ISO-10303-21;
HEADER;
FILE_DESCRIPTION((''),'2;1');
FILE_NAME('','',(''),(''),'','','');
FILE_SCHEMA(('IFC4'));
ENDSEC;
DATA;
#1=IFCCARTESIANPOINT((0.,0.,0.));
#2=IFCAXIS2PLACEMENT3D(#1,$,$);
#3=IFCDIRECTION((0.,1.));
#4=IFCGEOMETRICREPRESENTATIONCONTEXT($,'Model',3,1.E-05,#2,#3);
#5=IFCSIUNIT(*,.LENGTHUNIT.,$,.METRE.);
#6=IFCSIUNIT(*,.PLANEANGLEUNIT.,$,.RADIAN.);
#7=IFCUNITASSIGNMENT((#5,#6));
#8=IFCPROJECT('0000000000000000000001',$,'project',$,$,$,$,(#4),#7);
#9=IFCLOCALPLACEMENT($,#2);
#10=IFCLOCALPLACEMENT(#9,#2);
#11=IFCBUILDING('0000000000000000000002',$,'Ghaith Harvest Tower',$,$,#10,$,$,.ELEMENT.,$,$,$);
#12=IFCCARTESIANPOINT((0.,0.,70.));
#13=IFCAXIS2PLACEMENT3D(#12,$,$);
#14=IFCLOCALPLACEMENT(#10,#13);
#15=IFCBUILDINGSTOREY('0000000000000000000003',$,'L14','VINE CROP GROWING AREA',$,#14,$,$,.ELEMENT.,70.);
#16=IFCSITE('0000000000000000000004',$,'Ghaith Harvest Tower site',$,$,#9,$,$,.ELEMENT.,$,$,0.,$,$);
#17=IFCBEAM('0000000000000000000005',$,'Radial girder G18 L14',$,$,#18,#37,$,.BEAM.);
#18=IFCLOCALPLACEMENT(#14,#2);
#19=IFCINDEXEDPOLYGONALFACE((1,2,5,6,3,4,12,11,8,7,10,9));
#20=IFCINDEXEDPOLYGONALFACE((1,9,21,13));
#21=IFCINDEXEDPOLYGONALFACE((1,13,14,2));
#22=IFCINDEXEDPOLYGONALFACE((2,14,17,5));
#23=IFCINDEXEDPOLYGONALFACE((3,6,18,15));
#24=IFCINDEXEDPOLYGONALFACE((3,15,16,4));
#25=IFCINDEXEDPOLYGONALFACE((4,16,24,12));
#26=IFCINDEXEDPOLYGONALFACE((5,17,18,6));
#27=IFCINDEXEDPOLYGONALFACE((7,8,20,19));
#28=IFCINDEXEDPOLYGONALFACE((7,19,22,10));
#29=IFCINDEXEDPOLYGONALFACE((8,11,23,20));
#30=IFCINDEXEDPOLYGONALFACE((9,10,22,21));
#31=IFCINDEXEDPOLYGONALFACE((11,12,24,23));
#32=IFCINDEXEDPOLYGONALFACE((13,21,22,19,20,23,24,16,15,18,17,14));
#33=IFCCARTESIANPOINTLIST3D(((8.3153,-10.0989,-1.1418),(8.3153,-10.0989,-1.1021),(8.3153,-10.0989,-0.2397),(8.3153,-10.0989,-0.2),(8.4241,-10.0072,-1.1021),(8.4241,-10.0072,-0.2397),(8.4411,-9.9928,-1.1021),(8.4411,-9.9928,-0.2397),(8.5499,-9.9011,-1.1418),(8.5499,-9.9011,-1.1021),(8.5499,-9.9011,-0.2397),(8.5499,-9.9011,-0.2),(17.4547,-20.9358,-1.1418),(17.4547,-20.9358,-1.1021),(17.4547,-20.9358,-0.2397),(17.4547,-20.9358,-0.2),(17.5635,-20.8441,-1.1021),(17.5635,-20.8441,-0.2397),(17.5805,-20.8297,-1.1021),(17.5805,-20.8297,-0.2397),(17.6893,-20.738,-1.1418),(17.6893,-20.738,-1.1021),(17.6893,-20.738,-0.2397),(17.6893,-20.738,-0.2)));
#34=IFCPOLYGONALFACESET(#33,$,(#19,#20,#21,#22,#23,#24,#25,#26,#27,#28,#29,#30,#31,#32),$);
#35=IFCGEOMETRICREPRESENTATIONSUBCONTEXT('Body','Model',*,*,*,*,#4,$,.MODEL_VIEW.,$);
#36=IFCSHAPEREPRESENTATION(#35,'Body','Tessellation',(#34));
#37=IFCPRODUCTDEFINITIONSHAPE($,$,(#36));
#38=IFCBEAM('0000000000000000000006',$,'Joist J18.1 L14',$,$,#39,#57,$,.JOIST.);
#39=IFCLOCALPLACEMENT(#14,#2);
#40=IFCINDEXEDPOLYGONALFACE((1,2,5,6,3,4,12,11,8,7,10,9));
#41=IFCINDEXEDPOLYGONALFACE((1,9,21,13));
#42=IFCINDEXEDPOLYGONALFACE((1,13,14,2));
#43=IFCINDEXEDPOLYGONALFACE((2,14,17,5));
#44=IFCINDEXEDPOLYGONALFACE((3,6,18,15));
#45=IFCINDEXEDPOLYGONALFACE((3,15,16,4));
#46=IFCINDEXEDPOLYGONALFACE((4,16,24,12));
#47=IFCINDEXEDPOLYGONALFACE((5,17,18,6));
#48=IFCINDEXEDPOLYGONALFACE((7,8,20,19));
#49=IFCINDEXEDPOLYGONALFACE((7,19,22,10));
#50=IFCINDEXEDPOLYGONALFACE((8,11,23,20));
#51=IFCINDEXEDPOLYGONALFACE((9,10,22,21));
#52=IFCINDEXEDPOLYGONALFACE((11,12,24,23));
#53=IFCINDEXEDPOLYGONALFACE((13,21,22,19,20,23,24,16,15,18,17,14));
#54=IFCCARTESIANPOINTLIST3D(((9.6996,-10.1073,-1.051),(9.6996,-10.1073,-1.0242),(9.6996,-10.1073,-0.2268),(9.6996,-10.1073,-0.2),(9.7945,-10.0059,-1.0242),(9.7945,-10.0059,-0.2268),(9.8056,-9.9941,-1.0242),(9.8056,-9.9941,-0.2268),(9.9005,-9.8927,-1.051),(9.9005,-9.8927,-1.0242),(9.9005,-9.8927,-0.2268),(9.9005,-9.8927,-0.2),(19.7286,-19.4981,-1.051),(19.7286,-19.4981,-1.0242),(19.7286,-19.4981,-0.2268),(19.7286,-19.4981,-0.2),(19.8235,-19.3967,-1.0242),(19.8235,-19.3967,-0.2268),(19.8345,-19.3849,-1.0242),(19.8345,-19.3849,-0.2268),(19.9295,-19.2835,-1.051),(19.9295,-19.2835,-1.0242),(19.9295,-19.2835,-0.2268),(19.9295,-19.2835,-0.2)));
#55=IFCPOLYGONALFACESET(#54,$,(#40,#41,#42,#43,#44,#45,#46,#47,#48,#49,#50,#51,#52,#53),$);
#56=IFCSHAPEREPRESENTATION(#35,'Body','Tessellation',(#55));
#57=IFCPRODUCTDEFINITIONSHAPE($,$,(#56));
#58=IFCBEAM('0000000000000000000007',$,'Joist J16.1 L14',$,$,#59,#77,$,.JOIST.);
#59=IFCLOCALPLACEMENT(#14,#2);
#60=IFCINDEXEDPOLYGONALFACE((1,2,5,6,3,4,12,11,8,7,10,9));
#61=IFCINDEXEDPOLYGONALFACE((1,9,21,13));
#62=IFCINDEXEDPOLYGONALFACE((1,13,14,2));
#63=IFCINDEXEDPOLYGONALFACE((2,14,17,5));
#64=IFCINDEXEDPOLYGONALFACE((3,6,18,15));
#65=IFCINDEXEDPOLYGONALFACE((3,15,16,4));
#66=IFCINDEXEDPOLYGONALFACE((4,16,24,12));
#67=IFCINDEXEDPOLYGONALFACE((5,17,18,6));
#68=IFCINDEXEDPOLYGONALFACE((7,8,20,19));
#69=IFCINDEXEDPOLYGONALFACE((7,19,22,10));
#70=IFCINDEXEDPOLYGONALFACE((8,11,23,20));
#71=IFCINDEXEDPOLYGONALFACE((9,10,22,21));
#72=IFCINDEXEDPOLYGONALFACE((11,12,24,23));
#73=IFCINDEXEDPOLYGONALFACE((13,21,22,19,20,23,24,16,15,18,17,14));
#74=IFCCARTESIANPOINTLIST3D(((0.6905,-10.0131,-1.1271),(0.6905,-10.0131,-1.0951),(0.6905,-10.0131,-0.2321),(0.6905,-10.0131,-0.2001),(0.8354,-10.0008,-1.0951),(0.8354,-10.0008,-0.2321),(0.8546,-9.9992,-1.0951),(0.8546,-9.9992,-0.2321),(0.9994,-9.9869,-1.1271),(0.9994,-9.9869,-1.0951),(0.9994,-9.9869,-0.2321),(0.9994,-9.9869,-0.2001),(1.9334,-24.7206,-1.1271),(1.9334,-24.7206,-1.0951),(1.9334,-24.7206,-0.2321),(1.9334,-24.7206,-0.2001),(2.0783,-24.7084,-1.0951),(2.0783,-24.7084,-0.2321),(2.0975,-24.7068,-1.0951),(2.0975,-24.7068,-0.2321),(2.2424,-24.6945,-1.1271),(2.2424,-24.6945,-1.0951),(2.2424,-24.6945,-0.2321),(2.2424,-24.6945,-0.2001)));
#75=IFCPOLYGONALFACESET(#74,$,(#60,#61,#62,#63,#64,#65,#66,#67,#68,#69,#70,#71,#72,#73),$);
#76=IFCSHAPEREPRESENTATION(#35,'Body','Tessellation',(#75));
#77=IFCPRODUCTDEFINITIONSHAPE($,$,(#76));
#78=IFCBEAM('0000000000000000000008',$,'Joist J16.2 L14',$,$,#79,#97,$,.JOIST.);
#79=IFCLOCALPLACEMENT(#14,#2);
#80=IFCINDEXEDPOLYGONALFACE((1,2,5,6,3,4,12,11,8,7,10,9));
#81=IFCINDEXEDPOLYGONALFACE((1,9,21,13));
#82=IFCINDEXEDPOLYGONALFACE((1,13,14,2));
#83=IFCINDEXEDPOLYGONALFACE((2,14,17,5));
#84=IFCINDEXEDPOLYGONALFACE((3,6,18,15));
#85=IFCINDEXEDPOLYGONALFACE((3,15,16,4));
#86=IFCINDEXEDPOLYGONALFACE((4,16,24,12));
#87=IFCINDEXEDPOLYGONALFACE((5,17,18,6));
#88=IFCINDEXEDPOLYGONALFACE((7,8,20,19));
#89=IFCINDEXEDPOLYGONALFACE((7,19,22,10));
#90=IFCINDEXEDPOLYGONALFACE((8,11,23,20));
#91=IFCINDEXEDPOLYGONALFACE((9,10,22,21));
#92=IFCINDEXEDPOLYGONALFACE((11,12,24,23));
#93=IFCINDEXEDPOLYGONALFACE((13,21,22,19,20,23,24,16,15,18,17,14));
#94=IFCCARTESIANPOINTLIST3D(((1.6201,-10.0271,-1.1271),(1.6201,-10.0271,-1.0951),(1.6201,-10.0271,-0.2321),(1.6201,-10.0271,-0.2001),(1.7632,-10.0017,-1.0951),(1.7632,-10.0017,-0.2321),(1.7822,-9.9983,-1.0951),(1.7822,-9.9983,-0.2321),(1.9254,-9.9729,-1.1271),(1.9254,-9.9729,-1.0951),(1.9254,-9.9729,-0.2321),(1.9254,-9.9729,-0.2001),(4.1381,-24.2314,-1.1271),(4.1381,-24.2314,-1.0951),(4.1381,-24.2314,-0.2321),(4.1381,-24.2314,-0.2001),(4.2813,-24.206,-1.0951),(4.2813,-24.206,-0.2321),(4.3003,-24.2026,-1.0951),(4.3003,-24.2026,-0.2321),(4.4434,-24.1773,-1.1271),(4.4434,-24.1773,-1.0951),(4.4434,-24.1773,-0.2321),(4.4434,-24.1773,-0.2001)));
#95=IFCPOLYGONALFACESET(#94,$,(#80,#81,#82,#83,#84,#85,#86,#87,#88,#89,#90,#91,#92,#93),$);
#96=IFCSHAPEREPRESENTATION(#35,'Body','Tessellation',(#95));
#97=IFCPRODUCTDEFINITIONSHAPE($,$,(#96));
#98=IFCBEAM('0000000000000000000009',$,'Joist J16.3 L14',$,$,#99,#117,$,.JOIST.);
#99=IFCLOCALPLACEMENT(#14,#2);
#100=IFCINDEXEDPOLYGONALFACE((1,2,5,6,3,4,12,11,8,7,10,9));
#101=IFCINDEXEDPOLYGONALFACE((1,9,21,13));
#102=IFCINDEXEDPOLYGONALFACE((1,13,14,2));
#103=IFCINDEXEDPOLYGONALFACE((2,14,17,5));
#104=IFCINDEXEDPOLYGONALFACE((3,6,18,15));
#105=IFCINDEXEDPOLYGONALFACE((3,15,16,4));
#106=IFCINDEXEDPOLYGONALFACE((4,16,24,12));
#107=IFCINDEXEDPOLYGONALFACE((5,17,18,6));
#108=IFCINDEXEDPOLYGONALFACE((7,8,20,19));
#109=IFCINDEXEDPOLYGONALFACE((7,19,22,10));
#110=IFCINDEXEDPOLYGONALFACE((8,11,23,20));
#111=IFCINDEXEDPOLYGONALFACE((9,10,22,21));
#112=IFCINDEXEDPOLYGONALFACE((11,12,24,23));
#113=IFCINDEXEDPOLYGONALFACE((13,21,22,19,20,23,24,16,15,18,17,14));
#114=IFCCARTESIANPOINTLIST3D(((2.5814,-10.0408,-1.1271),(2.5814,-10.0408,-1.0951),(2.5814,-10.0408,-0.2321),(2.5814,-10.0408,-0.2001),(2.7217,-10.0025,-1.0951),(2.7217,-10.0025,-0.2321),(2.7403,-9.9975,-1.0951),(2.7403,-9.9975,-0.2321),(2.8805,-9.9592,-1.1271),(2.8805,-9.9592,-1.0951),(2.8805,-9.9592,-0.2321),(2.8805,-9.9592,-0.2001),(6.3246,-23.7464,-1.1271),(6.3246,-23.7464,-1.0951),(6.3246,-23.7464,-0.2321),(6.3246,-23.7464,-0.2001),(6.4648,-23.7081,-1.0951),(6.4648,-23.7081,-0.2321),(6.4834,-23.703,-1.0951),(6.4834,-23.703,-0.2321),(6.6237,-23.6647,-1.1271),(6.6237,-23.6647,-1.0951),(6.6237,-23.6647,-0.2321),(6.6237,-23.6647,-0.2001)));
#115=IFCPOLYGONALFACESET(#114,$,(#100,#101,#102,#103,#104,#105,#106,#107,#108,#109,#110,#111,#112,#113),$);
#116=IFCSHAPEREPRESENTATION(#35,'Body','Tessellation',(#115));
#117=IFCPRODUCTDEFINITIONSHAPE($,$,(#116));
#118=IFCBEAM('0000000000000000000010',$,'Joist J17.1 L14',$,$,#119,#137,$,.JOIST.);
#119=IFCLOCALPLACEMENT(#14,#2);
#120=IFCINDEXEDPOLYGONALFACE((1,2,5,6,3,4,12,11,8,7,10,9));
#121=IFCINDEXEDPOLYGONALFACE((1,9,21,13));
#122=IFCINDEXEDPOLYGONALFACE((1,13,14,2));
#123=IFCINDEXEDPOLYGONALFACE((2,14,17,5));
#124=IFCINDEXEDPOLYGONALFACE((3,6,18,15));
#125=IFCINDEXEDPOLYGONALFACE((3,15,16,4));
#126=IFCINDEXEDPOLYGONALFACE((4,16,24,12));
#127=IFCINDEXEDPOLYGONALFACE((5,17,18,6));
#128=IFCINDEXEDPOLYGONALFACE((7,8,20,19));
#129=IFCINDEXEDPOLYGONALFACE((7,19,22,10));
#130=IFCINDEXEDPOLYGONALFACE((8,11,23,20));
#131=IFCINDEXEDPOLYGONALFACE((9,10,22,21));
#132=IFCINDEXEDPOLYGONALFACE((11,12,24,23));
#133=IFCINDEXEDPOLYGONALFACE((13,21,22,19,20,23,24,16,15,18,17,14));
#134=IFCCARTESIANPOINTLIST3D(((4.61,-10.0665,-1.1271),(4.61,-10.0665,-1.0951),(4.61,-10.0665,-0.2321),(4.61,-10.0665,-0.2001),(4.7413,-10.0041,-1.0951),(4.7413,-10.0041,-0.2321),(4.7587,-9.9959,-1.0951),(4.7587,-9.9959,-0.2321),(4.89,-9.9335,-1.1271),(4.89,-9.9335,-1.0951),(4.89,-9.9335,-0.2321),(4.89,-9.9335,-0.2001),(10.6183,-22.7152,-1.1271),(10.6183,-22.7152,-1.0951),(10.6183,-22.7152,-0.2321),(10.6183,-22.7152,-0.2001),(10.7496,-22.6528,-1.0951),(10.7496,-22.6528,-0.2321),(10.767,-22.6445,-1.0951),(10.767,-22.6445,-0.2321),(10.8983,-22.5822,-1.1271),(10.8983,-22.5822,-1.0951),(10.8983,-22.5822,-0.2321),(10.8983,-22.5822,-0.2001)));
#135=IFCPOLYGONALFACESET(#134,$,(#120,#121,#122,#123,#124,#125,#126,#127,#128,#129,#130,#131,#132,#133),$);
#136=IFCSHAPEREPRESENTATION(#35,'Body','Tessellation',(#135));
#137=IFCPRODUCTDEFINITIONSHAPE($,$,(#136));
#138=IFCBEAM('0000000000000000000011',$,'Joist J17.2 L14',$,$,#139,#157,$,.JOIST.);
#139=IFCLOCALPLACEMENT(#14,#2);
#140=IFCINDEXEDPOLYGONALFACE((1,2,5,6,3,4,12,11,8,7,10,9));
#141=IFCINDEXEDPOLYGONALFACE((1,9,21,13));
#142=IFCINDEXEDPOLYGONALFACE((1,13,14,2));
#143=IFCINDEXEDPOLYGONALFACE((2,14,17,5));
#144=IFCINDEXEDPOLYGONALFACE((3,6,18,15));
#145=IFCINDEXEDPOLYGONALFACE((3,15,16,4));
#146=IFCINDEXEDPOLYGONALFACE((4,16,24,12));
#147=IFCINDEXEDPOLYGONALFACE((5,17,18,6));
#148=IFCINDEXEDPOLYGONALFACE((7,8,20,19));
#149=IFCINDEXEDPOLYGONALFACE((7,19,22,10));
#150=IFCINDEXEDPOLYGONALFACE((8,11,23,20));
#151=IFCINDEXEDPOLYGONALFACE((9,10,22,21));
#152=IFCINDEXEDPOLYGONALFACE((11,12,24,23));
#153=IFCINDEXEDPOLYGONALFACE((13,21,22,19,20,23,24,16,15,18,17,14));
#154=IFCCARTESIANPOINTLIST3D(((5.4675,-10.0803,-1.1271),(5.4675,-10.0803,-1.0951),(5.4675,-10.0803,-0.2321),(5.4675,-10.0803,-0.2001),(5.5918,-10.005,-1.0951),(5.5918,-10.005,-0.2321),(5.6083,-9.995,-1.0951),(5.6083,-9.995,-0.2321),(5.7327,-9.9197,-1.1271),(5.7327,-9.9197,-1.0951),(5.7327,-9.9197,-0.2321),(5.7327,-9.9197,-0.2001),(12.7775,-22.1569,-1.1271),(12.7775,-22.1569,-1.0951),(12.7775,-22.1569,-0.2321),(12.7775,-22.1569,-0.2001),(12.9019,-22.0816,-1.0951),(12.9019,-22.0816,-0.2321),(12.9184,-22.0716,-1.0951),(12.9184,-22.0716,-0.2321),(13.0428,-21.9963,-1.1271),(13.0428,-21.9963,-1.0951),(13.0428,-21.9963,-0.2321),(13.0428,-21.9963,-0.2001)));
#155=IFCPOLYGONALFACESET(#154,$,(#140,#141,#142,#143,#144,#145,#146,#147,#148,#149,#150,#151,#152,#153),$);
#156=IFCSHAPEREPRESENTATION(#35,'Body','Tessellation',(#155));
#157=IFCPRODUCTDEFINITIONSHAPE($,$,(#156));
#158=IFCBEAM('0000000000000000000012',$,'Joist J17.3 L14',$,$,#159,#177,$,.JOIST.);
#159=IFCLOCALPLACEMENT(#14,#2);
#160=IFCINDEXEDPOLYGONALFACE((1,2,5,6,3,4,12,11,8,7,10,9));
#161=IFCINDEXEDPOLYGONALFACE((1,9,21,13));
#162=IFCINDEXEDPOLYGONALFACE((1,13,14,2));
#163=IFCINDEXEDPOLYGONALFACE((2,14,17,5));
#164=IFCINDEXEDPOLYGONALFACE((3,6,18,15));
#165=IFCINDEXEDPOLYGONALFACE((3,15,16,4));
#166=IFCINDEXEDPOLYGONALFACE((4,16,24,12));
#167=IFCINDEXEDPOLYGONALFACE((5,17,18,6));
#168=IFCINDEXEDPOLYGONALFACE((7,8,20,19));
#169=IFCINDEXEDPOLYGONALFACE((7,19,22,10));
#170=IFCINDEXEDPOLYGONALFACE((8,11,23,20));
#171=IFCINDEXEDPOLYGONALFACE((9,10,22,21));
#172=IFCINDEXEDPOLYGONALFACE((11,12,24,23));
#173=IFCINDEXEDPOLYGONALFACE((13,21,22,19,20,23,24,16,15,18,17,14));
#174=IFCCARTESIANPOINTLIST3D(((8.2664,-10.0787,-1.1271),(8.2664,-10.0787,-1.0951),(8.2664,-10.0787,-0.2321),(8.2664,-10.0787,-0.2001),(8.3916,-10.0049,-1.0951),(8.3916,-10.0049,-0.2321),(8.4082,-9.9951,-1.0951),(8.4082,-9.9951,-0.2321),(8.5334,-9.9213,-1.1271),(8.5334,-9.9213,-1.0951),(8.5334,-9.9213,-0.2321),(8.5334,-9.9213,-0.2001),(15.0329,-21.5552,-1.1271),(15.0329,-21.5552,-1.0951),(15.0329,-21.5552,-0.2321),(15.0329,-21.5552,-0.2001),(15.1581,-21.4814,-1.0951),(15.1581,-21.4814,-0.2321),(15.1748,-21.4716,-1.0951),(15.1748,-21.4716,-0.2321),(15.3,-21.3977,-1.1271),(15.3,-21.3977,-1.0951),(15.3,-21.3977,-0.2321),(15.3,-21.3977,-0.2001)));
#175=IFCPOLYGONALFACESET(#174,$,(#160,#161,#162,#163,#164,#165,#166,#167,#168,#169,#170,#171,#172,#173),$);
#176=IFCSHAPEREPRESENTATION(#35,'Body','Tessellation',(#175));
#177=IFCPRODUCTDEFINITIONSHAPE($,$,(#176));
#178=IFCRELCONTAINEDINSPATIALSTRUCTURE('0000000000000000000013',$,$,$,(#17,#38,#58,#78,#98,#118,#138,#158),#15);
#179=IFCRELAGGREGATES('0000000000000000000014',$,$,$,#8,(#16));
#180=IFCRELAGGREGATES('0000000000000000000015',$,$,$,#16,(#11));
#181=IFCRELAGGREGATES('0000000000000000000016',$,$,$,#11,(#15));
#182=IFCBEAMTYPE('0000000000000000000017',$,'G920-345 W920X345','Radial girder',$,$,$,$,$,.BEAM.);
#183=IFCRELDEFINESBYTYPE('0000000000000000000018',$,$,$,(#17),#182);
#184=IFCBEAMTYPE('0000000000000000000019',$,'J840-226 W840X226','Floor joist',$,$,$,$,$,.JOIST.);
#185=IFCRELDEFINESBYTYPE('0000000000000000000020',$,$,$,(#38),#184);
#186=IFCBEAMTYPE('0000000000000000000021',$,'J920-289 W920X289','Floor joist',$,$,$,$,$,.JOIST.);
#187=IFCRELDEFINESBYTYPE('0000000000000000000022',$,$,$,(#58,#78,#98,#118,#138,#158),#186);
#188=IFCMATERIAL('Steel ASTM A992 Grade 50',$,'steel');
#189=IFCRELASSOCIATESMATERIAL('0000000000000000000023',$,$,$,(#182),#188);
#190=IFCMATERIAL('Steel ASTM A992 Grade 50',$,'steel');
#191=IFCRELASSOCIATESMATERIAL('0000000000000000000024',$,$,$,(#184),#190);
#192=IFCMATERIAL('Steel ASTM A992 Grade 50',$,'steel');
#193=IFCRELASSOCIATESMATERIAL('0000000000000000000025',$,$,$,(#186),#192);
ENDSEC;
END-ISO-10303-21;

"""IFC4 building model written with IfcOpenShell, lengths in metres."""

from ifc_helpers import new_model, si_unit, direction, frame, origin, origin_2d, place, context, subcontext, project, spatial, i_section, extrude, material, material_profile, profile_set, type_object, element, save


model = new_model("IFC4")

# Units and contexts
model_context = context("Model", 3, precision=1e-05, world=origin(), true_north=direction((0.0, 1.0)))
body_context = subcontext(model_context, "Body", "Model", "MODEL_VIEW")
ifc_project = project(units=[si_unit("LENGTHUNIT", "METRE"), si_unit("PLANEANGLEUNIT", "RADIAN")], contexts=[model_context])

# Site, building, storey
site_placement = place(None, origin())
site = spatial("IfcSite", under=ifc_project, at=site_placement, Name="Ghaith Harvest Tower site", CompositionType="ELEMENT", RefElevation=0.0)
building_placement = place(site_placement, origin())
building = spatial("IfcBuilding", under=site, at=building_placement, Name="Ghaith Harvest Tower", CompositionType="ELEMENT")
storey_placement = place(building_placement, frame((0.0, 0.0, 70.0)))
storey = spatial("IfcBuildingStorey", under=building, at=storey_placement, Name="L14", Description="VINE CROP GROWING AREA", CompositionType="ELEMENT", Elevation=70.0)

# Beams
ifc_material_1 = material(Name="Steel ASTM A992 Grade 50", Category="steel")
ifc_material_profile_1 = material_profile(ifc_material_1, i_section(OverallWidth=0.3069, OverallDepth=0.9419, WebThickness=0.0222, FlangeThickness=0.0398, at=origin_2d()), Name="W920X345")
ifc_profile_set_1 = profile_set([ifc_material_profile_1], Name="Steel ASTM A992 Grade 50")
beam_type_1 = type_object("IfcBeamType", Name="G920-345 W920X345", Description="Radial girder", PredefinedType="BEAM", material=ifc_profile_set_1)
beam_1_placement = place(storey_placement, frame((8.4326, -10.0, -0.6709), z_axis=(0.644696, -0.764439, 0.0), x_axis=(0.764439, 0.644696, 0.0)))
element("IfcBeam", 1, at=beam_1_placement, inside=storey, type_object=beam_type_1, Name="Radial girder G18 L14", PredefinedType="BEAM", context=body_context, shape_type="SweptSolid", body=[
    extrude(i_section(OverallWidth=0.3069, OverallDepth=0.9419, WebThickness=0.0222, FlangeThickness=0.0398, at=origin_2d()), origin(), (0.0, 0.0, 1.0), 14.1763),
])
ifc_material_2 = material(Name="Steel ASTM A992 Grade 50", Category="steel")
ifc_material_profile_2 = material_profile(ifc_material_2, i_section(OverallWidth=0.2939, OverallDepth=0.8511, WebThickness=0.0161, FlangeThickness=0.0269, at=origin_2d()), Name="W840X226")
ifc_profile_set_2 = profile_set([ifc_material_profile_2], Name="Steel ASTM A992 Grade 50")
beam_type_2 = type_object("IfcBeamType", Name="J840-226 W840X226", Description="Floor joist", PredefinedType="JOIST", material=ifc_profile_set_2)
beam_2_placement = place(storey_placement, frame((9.8, -10.0, -0.6255), z_axis=(0.72995, -0.683501, 0.0), x_axis=(0.683501, 0.72995, 0.0)))
element("IfcBeam", 2, at=beam_2_placement, inside=storey, type_object=beam_type_2, Name="Joist J18.1 L14", PredefinedType="JOIST", context=body_context, shape_type="SweptSolid", body=[
    extrude(i_section(OverallWidth=0.2939, OverallDepth=0.8511, WebThickness=0.0161, FlangeThickness=0.0269, at=origin_2d()), origin(), (0.0, 0.0, 1.0), 13.7393),
])
ifc_material_3 = material(Name="Steel ASTM A992 Grade 50", Category="steel")
ifc_material_profile_3 = material_profile(ifc_material_3, i_section(OverallWidth=0.3101, OverallDepth=0.927, WebThickness=0.0193, FlangeThickness=0.032, at=origin_2d()), Name="W920X289")
ifc_profile_set_3 = profile_set([ifc_material_profile_3], Name="Steel ASTM A992 Grade 50")
beam_type_3 = type_object("IfcBeamType", Name="J920-289 W920X289", Description="Floor joist", PredefinedType="JOIST", material=ifc_profile_set_3)
beam_3_placement = place(storey_placement, frame((0.845, -10.0, -0.6636), z_axis=(0.084209, -0.996448, 0.0), x_axis=(0.996448, 0.084209, 0.0)))
element("IfcBeam", 3, at=beam_3_placement, inside=storey, type_object=beam_type_3, Name="Joist J16.1 L14", PredefinedType="JOIST", context=body_context, shape_type="SweptSolid", body=[
    extrude(i_section(OverallWidth=0.3101, OverallDepth=0.927, WebThickness=0.0193, FlangeThickness=0.032, at=origin_2d()), origin(), (0.0, 0.0, 1.0), 14.76),
])
beam_4_placement = place(storey_placement, frame((1.7727, -10.0, -0.6636), z_axis=(0.174553, -0.984648, 0.0), x_axis=(0.984648, 0.174553, 0.0)))
element("IfcBeam", 4, at=beam_4_placement, inside=storey, type_object=beam_type_3, Name="Joist J16.2 L14", PredefinedType="JOIST", context=body_context, shape_type="SweptSolid", body=[
    extrude(i_section(OverallWidth=0.3101, OverallDepth=0.927, WebThickness=0.0193, FlangeThickness=0.032, at=origin_2d()), origin(), (0.0, 0.0, 1.0), 14.4258),
])
beam_5_placement = place(storey_placement, frame((2.731, -10.0, -0.6636), z_axis=(0.263463, -0.964669, 0.0), x_axis=(0.964669, 0.263463, 0.0)))
element("IfcBeam", 5, at=beam_5_placement, inside=storey, type_object=beam_type_3, Name="Joist J16.3 L14", PredefinedType="JOIST", context=body_context, shape_type="SweptSolid", body=[
    extrude(i_section(OverallWidth=0.3101, OverallDepth=0.927, WebThickness=0.0193, FlangeThickness=0.032, at=origin_2d()), origin(), (0.0, 0.0, 1.0), 14.2075),
])
beam_6_placement = place(storey_placement, frame((4.75, -10.0, -0.6636), z_axis=(0.429067, -0.903273, 0.0), x_axis=(0.903273, 0.429067, 0.0)))
element("IfcBeam", 6, at=beam_6_placement, inside=storey, type_object=beam_type_3, Name="Joist J17.1 L14", PredefinedType="JOIST", context=body_context, shape_type="SweptSolid", body=[
    extrude(i_section(OverallWidth=0.3101, OverallDepth=0.927, WebThickness=0.0193, FlangeThickness=0.032, at=origin_2d()), origin(), (0.0, 0.0, 1.0), 14.0032),
])
beam_7_placement = place(storey_placement, frame((5.6001, -10.0, -0.6636), z_axis=(0.517829, -0.855484, 0.0), x_axis=(0.855484, 0.517829, 0.0)))
element("IfcBeam", 7, at=beam_7_placement, inside=storey, type_object=beam_type_3, Name="Joist J17.2 L14", PredefinedType="JOIST", context=body_context, shape_type="SweptSolid", body=[
    extrude(i_section(OverallWidth=0.3101, OverallDepth=0.927, WebThickness=0.0193, FlangeThickness=0.032, at=origin_2d()), origin(), (0.0, 0.0, 1.0), 14.1167),
])
beam_8_placement = place(storey_placement, frame((8.3999, -10.0, -0.6636), z_axis=(0.507894, -0.861419, 0.0), x_axis=(0.861419, 0.507894, 0.0)))
element("IfcBeam", 8, at=beam_8_placement, inside=storey, type_object=beam_type_3, Name="Joist J17.3 L14", PredefinedType="JOIST", context=body_context, shape_type="SweptSolid", body=[
    extrude(i_section(OverallWidth=0.3101, OverallDepth=0.927, WebThickness=0.0193, FlangeThickness=0.032, at=origin_2d()), origin(), (0.0, 0.0, 1.0), 13.3228),
])

save(model, "model.ifc")
